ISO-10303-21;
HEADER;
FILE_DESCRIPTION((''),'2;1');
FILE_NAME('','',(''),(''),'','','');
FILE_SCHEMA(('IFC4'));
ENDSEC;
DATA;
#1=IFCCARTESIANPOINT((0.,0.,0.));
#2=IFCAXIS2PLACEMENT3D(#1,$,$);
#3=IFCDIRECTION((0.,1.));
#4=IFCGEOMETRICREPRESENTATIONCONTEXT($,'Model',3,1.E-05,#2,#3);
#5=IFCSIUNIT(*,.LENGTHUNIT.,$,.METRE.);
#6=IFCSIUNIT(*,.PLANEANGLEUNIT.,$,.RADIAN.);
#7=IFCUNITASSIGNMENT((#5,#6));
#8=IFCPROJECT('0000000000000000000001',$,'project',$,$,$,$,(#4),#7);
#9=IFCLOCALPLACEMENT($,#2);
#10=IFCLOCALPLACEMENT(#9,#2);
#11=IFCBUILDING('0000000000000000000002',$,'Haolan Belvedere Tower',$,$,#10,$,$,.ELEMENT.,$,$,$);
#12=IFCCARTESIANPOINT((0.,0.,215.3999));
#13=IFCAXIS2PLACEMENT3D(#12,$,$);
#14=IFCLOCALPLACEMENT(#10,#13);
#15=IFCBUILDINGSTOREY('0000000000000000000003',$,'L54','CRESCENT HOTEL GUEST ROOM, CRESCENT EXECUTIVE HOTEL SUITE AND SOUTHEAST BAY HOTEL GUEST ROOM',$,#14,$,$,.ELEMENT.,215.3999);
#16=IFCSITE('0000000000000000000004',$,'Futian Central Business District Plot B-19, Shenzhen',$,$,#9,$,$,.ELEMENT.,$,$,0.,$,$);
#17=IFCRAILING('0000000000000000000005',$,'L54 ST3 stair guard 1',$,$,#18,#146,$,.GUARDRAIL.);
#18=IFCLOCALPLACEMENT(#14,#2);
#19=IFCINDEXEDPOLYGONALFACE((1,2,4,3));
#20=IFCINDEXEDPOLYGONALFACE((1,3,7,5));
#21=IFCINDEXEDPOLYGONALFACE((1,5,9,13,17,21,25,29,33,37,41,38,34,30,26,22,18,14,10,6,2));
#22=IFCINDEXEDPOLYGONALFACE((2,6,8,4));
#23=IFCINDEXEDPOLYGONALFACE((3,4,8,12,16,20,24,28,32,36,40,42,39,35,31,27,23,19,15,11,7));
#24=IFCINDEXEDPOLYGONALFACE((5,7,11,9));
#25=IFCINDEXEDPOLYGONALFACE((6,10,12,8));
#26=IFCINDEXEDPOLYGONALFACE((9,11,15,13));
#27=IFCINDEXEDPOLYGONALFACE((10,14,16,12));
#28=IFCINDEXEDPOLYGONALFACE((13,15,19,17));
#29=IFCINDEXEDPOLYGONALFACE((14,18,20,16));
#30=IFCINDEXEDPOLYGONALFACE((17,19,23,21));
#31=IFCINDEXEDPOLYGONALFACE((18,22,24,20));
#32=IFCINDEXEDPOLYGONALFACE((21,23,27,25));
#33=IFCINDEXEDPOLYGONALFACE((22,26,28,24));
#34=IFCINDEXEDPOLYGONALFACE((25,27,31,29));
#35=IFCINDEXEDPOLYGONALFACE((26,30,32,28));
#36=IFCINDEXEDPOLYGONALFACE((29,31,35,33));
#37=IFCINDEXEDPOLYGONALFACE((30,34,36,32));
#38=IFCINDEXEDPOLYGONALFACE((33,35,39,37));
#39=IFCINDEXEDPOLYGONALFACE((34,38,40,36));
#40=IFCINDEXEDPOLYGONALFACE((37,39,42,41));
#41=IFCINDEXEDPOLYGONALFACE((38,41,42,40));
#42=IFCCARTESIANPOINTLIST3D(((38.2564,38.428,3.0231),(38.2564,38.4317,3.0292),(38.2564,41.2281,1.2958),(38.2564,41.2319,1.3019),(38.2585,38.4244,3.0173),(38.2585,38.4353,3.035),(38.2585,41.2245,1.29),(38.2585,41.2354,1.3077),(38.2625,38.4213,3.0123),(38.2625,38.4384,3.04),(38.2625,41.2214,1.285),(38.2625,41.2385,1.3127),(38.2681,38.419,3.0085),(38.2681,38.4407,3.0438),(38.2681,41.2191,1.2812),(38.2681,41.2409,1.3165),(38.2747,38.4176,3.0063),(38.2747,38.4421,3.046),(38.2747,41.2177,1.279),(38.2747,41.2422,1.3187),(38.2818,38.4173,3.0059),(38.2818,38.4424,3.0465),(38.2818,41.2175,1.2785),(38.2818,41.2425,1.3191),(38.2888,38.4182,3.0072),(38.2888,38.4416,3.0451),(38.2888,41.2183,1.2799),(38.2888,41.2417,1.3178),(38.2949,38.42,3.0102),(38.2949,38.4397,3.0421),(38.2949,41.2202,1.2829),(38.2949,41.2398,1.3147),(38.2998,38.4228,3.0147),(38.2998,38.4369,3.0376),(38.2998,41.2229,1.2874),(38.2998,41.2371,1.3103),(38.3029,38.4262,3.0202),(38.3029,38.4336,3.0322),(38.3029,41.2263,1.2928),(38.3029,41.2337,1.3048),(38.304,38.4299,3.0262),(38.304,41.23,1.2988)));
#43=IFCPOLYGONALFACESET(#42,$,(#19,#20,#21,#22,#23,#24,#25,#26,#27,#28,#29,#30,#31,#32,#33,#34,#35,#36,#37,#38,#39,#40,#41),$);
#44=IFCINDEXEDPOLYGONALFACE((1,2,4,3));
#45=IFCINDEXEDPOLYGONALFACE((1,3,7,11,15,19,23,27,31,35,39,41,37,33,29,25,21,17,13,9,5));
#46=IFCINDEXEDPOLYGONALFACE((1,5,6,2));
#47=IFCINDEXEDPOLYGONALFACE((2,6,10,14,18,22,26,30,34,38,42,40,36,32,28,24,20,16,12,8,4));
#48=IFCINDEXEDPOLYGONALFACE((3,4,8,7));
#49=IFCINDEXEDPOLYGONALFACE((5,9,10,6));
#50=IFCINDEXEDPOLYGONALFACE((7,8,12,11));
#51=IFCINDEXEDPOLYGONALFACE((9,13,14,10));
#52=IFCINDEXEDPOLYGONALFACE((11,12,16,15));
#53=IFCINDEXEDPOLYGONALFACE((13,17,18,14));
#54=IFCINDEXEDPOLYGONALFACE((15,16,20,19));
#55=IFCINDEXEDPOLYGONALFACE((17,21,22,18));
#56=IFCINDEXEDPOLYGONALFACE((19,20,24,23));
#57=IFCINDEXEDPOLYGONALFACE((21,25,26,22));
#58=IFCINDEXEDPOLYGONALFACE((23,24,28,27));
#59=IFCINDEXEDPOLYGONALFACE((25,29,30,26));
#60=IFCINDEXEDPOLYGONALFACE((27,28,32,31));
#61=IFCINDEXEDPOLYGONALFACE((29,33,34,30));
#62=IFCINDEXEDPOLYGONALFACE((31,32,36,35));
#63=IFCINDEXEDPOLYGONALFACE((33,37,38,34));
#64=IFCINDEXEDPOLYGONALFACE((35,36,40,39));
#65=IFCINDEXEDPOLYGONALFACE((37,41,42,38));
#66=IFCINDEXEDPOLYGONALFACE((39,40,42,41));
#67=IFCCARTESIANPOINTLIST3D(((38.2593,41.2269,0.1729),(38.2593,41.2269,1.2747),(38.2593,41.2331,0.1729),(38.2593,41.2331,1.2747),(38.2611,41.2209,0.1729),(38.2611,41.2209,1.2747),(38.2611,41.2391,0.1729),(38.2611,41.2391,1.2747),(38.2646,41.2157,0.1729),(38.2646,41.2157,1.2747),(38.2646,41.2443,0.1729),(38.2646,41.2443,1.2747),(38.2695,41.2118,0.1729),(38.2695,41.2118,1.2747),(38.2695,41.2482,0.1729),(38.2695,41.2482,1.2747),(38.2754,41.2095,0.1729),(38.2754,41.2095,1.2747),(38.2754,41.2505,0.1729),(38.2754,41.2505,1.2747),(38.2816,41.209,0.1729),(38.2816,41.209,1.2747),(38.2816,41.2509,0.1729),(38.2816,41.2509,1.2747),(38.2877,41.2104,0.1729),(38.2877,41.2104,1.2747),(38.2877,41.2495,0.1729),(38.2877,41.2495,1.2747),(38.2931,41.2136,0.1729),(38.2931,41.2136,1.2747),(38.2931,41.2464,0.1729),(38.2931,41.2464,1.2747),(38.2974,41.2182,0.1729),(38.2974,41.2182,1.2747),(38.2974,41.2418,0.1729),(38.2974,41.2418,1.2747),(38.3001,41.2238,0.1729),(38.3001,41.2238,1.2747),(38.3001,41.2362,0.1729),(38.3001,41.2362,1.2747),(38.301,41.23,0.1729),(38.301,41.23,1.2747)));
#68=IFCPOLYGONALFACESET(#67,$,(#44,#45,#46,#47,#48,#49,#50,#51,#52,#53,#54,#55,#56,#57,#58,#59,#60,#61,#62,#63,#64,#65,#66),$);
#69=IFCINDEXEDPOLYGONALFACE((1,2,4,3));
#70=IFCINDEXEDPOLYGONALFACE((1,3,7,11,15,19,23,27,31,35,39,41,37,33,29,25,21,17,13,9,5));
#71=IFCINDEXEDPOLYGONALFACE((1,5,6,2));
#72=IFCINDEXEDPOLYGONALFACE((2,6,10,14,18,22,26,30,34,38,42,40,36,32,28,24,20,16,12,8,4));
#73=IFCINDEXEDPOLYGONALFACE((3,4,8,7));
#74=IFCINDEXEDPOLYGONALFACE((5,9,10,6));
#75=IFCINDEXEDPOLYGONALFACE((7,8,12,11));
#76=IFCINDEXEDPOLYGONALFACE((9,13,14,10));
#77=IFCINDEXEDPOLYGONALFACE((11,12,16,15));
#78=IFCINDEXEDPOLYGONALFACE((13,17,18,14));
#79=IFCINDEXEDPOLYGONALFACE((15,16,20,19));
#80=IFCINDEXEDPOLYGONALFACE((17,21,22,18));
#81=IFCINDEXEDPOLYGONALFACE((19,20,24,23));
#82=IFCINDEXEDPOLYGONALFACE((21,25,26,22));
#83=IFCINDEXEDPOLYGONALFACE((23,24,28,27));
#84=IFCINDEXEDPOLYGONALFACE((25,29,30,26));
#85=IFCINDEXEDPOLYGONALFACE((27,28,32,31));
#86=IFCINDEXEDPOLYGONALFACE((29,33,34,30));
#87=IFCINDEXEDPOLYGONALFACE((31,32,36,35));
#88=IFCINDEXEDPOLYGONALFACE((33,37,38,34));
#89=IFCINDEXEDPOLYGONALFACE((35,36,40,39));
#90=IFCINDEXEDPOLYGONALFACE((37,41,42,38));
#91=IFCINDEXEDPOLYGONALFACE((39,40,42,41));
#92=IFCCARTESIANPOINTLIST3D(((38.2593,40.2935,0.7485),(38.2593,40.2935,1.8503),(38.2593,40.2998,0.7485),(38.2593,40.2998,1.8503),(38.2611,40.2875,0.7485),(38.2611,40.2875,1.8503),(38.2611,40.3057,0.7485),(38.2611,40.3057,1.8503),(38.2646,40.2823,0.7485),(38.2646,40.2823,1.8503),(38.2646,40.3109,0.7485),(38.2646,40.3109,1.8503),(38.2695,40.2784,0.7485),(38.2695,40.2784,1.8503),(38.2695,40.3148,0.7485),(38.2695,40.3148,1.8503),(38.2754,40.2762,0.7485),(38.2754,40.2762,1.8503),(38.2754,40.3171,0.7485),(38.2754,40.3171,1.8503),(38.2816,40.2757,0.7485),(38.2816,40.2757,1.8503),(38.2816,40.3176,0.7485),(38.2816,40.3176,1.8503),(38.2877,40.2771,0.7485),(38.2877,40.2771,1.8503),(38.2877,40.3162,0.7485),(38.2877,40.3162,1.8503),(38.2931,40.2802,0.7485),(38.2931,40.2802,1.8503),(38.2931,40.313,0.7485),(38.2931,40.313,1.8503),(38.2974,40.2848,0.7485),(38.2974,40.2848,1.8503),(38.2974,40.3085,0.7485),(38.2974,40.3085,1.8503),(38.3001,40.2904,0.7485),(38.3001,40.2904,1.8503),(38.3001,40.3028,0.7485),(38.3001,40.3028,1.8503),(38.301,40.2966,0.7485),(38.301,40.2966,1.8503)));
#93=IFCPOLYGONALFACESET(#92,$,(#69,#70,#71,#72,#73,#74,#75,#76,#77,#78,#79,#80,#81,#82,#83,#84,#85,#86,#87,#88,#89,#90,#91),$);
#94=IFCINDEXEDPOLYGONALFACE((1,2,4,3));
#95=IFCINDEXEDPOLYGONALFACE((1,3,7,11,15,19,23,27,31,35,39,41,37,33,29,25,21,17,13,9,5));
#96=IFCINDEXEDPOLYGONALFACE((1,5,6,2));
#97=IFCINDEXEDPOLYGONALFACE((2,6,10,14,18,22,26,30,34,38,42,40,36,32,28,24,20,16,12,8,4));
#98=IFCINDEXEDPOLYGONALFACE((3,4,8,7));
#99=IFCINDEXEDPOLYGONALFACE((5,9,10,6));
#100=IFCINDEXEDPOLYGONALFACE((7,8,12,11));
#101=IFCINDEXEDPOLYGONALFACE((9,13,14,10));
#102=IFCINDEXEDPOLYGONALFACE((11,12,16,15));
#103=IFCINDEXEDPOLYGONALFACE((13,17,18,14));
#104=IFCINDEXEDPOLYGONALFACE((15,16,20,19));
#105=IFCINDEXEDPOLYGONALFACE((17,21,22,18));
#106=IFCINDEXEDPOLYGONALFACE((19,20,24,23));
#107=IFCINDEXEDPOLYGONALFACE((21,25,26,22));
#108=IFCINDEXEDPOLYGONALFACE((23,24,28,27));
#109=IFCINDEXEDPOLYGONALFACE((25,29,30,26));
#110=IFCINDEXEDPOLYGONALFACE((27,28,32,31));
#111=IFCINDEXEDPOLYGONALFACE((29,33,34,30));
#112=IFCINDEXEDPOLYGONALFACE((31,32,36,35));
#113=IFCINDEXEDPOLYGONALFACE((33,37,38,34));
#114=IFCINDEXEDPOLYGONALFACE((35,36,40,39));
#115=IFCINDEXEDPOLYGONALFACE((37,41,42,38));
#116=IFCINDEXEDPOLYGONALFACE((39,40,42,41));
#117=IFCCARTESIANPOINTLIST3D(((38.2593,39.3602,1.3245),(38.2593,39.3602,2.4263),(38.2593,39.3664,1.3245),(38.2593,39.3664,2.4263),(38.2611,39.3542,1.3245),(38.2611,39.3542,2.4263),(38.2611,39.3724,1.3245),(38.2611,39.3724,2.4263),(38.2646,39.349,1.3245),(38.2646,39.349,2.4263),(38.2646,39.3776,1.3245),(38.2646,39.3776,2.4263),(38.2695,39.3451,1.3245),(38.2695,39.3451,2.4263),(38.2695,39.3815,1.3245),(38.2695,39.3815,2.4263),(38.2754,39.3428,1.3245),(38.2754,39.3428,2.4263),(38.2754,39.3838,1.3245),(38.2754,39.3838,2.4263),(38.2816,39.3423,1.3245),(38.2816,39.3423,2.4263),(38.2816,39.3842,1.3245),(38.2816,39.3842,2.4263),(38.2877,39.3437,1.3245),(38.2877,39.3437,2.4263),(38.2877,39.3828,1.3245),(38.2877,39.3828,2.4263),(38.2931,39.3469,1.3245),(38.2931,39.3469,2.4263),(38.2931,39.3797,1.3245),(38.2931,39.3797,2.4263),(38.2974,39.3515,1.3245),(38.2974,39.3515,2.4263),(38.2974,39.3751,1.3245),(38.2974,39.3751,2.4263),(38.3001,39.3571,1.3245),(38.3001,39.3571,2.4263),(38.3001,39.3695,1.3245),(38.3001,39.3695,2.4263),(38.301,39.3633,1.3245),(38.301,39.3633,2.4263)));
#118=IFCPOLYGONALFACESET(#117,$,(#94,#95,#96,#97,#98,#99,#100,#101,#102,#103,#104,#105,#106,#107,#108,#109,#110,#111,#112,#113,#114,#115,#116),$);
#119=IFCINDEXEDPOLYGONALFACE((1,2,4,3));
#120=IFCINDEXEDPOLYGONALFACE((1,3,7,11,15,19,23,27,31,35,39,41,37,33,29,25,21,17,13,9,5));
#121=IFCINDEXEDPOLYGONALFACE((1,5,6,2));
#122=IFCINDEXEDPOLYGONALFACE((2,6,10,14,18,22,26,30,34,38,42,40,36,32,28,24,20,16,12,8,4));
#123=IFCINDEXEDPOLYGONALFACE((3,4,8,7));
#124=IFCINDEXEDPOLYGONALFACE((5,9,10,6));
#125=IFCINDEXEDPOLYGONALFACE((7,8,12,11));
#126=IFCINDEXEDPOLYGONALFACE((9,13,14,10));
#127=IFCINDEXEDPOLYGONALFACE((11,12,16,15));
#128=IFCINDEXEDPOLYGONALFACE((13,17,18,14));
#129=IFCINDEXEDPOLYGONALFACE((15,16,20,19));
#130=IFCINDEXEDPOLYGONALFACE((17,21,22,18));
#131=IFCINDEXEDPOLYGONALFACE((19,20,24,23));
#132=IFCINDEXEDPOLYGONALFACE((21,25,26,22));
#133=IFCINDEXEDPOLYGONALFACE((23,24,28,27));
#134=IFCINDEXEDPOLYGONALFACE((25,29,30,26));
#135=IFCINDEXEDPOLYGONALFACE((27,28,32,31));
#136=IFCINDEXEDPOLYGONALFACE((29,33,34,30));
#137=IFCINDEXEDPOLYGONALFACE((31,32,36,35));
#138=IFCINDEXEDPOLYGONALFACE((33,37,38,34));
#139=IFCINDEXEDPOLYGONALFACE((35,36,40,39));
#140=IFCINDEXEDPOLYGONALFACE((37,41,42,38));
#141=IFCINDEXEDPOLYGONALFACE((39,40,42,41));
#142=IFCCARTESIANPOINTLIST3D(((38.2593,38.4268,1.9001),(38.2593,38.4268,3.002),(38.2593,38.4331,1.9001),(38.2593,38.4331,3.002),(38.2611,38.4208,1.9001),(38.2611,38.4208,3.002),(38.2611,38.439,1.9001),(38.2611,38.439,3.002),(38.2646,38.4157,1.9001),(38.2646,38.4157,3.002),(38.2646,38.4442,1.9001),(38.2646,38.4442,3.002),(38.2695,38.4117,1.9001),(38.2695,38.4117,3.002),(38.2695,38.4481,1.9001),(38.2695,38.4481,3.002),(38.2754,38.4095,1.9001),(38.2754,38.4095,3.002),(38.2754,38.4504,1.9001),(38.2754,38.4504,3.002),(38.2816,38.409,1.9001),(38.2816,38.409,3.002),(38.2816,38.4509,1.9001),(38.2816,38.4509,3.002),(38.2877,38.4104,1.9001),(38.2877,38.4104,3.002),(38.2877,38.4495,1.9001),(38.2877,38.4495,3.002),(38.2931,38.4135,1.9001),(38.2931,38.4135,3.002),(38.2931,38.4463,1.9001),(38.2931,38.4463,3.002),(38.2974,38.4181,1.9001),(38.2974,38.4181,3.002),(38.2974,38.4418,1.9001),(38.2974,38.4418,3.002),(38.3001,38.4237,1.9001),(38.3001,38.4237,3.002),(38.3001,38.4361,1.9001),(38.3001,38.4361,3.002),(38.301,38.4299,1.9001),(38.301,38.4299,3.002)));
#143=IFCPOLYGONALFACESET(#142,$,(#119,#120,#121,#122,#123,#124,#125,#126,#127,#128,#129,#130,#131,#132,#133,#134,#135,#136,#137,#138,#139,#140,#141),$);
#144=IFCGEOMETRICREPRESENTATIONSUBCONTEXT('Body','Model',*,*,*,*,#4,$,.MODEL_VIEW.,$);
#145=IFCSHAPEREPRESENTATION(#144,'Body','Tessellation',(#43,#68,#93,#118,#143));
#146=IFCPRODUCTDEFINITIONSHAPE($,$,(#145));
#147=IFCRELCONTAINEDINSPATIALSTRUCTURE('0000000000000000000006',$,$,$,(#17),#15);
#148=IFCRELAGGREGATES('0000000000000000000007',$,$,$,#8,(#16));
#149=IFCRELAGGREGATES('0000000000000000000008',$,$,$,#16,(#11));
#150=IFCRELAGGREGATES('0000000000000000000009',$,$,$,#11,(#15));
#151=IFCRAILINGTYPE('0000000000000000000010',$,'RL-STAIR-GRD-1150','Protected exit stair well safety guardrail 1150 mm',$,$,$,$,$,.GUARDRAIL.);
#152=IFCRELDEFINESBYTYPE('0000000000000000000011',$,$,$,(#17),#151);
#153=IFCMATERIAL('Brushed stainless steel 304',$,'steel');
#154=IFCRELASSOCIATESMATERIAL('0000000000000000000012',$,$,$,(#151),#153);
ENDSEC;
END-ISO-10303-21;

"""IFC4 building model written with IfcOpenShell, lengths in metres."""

from ifc_helpers import new_model, si_unit, direction, frame, origin, origin_2d, place, context, subcontext, project, spatial, circle, extrude, material, type_object, element, save


model = new_model("IFC4")

# Units and contexts
model_context = context("Model", 3, precision=1e-05, world=origin(), true_north=direction((0.0, 1.0)))
body_context = subcontext(model_context, "Body", "Model", "MODEL_VIEW")
ifc_project = project(units=[si_unit("LENGTHUNIT", "METRE"), si_unit("PLANEANGLEUNIT", "RADIAN")], contexts=[model_context])

# Site, building, storey
site_placement = place(None, origin())
site = spatial("IfcSite", under=ifc_project, at=site_placement, Name="Futian Central Business District Plot B-19, Shenzhen", CompositionType="ELEMENT", RefElevation=0.0)
building_placement = place(site_placement, origin())
building = spatial("IfcBuilding", under=site, at=building_placement, Name="Haolan Belvedere Tower", CompositionType="ELEMENT")
storey_placement = place(building_placement, frame((0.0, 0.0, 215.3999)))
storey = spatial("IfcBuildingStorey", under=building, at=storey_placement, Name="L54", Description="CRESCENT HOTEL GUEST ROOM, CRESCENT EXECUTIVE HOTEL SUITE AND SOUTHEAST BAY HOTEL GUEST ROOM", CompositionType="ELEMENT", Elevation=215.3999)

# Railing
ifc_material_1 = material(Name="Brushed stainless steel 304", Category="steel")
railing_type_1 = type_object("IfcRailingType", Name="RL-STAIR-GRD-1150", Description="Protected exit stair well safety guardrail 1150 mm", PredefinedType="GUARDRAIL", material=ifc_material_1)
railing_1_placement = place(storey_placement, frame((38.28, 41.23, 0.1729)))
element("IfcRailing", 1, at=railing_1_placement, inside=storey, type_object=railing_type_1, Name="L54 ST3 stair guard 1", PredefinedType="GUARDRAIL", context=body_context, shape_type="SweptSolid", body=[
    extrude(circle(Radius=0.0239, at=origin_2d()), frame((0.0, 0.0, 1.126), z_axis=(0.0, -0.85109, 0.52502), x_axis=(1.0, 0.0, 0.0)), (0.0, 0.0, 1.0), 3.29),
    extrude(circle(Radius=0.021, at=origin_2d()), origin(), (0.0, 0.0, 1.0), 1.1018),
    extrude(circle(Radius=0.021, at=origin_2d()), frame((0.0, -0.9333, 0.5757)), (0.0, 0.0, 1.0), 1.1018),
    extrude(circle(Radius=0.021, at=origin_2d()), frame((0.0, -1.8667, 1.1516)), (0.0, 0.0, 1.0), 1.1018),
    extrude(circle(Radius=0.021, at=origin_2d()), frame((0.0, -2.8, 1.7273)), (0.0, 0.0, 1.0), 1.1018),
])

save(model, "model.ifc")
